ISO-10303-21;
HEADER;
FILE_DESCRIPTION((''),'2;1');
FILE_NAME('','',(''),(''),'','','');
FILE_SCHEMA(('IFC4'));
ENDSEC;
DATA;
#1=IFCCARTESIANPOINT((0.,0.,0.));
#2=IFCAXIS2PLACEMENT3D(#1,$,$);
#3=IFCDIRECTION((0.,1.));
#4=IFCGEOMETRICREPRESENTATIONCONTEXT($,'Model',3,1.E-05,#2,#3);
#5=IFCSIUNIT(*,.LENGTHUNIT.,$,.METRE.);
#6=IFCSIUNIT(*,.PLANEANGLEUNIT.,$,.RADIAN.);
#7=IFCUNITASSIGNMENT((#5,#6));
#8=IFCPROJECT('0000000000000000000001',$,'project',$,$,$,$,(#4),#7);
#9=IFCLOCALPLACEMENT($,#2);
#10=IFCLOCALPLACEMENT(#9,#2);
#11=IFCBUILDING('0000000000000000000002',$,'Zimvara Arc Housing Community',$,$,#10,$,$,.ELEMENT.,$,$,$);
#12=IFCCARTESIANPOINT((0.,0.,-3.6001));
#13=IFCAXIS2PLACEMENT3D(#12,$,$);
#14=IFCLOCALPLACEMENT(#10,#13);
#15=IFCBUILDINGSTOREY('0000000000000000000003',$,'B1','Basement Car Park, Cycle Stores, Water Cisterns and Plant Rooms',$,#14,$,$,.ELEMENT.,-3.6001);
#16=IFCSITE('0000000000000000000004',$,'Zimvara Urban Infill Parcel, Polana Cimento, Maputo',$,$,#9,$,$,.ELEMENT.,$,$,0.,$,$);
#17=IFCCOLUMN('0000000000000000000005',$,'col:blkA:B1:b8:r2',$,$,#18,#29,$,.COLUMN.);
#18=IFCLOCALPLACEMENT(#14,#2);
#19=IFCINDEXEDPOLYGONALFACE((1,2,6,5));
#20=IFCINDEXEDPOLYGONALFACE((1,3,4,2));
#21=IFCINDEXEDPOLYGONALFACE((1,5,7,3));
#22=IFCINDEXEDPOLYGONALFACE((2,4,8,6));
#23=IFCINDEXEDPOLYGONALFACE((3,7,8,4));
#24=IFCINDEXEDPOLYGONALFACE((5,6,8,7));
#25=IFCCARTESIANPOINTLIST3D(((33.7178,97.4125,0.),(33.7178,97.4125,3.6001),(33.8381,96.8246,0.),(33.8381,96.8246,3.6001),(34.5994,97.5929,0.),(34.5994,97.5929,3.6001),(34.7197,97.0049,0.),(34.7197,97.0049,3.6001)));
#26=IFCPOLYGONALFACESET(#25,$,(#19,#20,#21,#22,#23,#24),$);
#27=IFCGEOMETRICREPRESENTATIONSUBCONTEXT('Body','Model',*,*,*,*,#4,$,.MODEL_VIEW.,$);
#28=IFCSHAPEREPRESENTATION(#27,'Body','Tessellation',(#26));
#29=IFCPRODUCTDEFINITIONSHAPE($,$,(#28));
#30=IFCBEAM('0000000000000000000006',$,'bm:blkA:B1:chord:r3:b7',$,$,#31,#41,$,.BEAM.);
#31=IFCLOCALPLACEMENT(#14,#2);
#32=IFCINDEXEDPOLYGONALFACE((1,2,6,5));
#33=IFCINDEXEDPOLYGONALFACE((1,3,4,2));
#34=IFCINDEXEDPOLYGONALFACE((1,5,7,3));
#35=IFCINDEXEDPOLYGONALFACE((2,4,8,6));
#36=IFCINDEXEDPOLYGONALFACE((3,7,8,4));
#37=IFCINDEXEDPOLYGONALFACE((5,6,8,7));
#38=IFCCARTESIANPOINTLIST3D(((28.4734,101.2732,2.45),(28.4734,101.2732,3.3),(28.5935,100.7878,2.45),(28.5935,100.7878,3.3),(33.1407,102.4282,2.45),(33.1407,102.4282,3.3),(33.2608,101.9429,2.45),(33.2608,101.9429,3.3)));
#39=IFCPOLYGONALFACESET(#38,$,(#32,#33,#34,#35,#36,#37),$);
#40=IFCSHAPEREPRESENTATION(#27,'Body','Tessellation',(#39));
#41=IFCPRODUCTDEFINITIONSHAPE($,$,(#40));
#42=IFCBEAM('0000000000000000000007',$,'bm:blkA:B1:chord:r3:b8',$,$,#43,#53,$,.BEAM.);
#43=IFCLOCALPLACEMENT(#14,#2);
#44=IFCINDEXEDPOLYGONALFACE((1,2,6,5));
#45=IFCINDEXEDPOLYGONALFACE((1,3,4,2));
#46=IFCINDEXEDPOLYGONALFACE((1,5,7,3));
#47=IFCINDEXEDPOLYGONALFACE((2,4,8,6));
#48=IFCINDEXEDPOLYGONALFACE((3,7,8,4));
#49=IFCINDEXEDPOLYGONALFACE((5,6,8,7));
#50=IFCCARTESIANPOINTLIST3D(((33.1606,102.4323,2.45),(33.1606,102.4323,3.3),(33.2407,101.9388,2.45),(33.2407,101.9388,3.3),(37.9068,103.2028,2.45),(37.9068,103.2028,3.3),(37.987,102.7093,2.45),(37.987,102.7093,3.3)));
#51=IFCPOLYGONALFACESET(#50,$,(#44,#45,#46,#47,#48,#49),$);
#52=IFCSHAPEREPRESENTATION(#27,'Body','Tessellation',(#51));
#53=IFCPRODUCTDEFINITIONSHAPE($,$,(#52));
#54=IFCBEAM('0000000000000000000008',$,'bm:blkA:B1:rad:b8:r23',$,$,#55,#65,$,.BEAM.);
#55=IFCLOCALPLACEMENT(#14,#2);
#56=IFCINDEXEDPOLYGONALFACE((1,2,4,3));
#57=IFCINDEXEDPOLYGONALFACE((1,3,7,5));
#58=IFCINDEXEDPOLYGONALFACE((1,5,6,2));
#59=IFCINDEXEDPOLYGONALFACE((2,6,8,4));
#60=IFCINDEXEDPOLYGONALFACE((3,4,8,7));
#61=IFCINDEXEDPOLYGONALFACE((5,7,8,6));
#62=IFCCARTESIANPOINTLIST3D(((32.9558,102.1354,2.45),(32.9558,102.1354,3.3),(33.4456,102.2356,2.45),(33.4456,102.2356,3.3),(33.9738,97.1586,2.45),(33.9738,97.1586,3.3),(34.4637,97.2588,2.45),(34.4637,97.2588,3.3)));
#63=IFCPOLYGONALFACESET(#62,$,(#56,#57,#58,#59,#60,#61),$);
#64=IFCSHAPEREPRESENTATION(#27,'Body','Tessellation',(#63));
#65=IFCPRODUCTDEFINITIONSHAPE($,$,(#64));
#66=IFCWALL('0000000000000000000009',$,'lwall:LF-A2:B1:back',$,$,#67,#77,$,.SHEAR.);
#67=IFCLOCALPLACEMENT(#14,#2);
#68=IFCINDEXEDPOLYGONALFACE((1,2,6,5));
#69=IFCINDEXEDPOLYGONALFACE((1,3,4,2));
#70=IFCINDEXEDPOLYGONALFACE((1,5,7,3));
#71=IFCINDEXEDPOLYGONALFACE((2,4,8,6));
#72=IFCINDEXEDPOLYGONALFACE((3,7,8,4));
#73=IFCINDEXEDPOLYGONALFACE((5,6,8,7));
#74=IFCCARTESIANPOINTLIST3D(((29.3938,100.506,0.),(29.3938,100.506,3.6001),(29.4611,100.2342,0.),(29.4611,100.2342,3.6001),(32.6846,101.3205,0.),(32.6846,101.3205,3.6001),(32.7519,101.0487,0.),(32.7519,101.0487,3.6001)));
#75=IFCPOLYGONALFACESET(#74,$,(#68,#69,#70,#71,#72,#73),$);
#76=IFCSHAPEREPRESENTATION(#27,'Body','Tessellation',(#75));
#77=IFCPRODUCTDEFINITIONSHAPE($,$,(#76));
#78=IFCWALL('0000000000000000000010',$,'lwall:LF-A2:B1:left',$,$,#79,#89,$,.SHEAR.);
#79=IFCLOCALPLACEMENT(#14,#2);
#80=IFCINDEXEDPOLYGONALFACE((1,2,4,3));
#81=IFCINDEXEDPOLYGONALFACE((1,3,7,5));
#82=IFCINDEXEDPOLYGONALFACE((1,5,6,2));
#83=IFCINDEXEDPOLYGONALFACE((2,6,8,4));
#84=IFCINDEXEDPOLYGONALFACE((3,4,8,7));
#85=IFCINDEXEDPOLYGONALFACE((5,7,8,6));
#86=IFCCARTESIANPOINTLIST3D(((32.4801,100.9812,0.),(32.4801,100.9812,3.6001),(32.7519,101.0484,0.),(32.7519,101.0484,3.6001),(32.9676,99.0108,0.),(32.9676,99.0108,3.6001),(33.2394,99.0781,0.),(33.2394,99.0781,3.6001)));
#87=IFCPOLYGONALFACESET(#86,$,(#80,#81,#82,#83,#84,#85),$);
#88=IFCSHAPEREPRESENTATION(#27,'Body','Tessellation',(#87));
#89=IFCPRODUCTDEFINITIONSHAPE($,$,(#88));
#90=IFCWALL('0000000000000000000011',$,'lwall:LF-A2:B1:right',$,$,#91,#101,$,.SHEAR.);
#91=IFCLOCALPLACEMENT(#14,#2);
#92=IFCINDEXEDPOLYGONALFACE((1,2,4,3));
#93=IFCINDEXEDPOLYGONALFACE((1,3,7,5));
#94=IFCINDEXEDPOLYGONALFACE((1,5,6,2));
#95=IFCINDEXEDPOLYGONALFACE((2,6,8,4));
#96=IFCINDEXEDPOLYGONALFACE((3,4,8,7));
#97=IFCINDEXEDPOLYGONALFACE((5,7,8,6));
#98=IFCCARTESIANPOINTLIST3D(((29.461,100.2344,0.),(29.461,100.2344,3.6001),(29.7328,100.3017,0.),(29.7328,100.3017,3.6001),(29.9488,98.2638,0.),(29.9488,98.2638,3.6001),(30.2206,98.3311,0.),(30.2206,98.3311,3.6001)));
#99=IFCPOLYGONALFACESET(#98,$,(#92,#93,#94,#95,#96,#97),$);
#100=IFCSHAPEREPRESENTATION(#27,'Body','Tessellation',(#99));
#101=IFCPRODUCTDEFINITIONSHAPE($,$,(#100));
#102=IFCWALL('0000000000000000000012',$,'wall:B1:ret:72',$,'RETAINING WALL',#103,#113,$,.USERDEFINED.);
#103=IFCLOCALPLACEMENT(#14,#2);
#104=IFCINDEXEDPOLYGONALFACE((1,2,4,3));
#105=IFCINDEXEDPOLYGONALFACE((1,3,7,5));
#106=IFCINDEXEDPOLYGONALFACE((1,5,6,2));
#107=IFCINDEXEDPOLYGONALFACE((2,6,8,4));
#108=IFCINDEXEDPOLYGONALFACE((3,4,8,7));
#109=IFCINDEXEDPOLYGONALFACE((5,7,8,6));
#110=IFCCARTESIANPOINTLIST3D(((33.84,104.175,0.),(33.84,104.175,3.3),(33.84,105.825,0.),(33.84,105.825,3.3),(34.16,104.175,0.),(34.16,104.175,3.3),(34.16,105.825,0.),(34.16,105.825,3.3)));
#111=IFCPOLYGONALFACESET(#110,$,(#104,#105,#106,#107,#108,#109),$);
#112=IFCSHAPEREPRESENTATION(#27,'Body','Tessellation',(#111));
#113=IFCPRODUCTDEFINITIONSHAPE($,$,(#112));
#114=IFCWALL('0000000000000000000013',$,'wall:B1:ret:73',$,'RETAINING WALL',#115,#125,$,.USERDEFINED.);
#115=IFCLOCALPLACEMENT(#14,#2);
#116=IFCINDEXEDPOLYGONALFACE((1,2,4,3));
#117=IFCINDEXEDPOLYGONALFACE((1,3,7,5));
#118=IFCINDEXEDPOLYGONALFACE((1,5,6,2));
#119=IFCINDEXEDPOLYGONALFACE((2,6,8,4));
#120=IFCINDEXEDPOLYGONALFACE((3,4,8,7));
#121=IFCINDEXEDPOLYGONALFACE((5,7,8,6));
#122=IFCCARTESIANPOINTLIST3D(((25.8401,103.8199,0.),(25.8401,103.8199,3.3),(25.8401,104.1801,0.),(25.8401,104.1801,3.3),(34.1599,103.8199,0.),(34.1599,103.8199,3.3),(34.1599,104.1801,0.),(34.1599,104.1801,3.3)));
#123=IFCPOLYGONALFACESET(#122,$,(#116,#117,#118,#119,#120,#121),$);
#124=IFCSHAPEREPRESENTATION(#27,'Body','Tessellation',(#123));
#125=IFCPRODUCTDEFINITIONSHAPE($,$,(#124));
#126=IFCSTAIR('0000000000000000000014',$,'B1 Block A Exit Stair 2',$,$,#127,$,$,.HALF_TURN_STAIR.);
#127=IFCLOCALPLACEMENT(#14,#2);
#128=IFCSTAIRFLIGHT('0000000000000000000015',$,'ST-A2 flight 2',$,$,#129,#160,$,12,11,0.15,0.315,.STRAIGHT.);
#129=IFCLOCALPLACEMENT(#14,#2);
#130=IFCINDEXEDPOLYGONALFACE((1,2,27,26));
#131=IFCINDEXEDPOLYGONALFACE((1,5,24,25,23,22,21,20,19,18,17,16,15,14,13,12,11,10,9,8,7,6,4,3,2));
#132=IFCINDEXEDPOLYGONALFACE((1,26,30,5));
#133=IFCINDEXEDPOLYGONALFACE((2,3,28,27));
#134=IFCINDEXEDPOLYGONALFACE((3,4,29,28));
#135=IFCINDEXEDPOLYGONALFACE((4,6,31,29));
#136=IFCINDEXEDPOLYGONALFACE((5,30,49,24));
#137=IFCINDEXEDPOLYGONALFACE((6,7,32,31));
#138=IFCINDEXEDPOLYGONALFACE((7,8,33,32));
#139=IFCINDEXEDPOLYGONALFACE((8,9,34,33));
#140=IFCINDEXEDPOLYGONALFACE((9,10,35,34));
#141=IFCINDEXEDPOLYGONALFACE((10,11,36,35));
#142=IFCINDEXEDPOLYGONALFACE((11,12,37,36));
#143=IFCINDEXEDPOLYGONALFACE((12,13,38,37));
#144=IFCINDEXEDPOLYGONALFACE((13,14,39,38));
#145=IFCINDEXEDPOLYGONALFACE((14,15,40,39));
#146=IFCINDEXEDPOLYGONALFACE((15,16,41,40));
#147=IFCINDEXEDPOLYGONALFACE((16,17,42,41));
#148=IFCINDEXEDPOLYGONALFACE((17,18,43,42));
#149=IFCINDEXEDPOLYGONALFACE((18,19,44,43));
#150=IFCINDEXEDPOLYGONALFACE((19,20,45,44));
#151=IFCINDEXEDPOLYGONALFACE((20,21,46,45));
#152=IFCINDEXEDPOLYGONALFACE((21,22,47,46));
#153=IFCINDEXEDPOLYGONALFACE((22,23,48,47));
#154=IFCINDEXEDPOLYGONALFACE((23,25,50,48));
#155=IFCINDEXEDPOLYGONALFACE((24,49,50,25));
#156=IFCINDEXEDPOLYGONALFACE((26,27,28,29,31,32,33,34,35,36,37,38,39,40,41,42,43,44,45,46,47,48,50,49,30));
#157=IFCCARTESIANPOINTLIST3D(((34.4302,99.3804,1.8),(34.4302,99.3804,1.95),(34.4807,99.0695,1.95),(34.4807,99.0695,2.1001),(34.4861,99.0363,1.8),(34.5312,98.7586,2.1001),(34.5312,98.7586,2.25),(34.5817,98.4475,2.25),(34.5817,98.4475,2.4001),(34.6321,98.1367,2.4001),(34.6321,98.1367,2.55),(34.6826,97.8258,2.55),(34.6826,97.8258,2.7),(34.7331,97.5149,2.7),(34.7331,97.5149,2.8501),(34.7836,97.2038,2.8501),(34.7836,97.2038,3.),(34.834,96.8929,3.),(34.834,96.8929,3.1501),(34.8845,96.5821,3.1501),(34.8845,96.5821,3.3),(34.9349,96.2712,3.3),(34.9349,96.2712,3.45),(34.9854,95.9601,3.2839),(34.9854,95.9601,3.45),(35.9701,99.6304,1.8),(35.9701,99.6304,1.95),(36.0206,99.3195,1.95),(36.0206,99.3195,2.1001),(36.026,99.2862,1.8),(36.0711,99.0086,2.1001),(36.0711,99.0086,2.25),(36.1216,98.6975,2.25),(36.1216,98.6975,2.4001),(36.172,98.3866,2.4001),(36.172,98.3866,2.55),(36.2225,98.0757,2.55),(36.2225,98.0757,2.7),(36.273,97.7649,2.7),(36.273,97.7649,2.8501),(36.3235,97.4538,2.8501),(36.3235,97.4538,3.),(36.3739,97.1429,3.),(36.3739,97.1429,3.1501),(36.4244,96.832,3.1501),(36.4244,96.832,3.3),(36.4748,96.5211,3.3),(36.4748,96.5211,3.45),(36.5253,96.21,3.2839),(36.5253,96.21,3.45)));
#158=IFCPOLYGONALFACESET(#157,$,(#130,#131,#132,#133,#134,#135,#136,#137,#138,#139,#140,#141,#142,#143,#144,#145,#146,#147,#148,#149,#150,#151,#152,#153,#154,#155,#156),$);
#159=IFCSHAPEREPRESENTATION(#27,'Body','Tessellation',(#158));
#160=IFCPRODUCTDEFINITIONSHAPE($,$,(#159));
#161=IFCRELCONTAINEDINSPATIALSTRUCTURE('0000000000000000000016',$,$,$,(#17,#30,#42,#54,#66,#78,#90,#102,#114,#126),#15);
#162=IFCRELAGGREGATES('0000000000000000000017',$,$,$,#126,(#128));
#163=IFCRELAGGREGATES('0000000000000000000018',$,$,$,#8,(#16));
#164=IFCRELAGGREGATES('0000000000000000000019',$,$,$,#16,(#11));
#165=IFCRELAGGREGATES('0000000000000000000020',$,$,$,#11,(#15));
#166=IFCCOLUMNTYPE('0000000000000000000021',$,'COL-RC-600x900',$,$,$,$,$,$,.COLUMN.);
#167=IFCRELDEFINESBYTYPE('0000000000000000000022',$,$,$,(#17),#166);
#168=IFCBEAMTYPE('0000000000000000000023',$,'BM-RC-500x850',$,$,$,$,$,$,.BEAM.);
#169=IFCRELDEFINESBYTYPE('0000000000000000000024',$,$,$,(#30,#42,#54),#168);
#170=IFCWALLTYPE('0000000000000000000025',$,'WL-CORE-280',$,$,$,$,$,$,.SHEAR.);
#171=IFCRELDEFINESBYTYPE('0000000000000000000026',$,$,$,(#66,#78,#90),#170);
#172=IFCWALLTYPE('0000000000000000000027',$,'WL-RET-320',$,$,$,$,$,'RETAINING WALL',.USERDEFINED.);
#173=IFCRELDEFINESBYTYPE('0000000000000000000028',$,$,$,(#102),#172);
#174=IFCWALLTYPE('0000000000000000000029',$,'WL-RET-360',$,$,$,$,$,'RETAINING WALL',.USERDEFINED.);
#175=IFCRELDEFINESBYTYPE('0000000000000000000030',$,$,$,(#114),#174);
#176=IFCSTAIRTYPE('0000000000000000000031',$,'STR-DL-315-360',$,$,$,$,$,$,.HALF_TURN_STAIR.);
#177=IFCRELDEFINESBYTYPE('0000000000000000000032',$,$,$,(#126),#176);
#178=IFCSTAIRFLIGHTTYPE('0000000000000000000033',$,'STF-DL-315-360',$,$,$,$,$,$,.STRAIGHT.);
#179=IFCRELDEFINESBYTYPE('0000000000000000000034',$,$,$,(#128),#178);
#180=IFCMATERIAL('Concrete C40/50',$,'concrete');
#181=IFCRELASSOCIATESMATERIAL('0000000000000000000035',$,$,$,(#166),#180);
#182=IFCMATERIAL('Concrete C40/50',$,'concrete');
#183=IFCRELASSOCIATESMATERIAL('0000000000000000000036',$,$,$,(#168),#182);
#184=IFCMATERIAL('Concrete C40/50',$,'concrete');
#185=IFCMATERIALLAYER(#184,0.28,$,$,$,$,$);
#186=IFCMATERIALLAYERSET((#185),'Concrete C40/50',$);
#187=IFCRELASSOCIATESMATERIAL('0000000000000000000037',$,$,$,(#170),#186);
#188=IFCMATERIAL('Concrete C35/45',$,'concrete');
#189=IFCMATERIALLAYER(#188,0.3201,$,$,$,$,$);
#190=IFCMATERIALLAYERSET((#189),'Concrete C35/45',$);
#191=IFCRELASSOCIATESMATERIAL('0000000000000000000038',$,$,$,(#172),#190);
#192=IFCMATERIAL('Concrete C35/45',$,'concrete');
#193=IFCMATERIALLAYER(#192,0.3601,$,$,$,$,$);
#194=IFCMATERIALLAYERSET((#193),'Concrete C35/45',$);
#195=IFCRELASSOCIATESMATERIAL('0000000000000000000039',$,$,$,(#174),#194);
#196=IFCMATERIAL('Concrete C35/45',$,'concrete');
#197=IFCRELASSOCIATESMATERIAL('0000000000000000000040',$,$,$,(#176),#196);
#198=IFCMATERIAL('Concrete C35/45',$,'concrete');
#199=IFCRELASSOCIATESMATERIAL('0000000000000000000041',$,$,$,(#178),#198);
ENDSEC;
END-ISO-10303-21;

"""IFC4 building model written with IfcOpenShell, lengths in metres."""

from ifc_helpers import new_model, si_unit, direction, frame, frame_2d, origin, origin_2d, place, context, subcontext, project, spatial, polyline, rectangle, outline, extrude, material, layer, layer_set, material_profile, profile_set, type_object, element, aggregate, save


model = new_model("IFC4")

# Units and contexts
model_context = context("Model", 3, precision=1e-05, world=origin(), true_north=direction((0.0, 1.0)))
body_context = subcontext(model_context, "Body", "Model", "MODEL_VIEW")
ifc_project = project(units=[si_unit("LENGTHUNIT", "METRE"), si_unit("PLANEANGLEUNIT", "RADIAN")], contexts=[model_context])

# Site, building, storey
site_placement = place(None, origin())
site = spatial("IfcSite", under=ifc_project, at=site_placement, Name="Zimvara Urban Infill Parcel, Polana Cimento, Maputo", CompositionType="ELEMENT", RefElevation=0.0)
building_placement = place(site_placement, origin())
building = spatial("IfcBuilding", under=site, at=building_placement, Name="Zimvara Arc Housing Community", CompositionType="ELEMENT")
storey_placement = place(building_placement, frame((0.0, 0.0, -3.6001)))
storey = spatial("IfcBuildingStorey", under=building, at=storey_placement, Name="B1", Description="Basement Car Park, Cycle Stores, Water Cisterns and Plant Rooms", CompositionType="ELEMENT", Elevation=-3.6001)

# Column
ifc_material_1 = material(Name="Concrete C40/50", Category="concrete")
ifc_material_profile_1 = material_profile(ifc_material_1, rectangle(XDim=0.6001, YDim=0.8999, at=origin_2d()), Name="RC 600x900")
ifc_profile_set_1 = profile_set([ifc_material_profile_1], Name="Concrete C40/50")
column_type_1 = type_object("IfcColumnType", Name="COL-RC-600x900", PredefinedType="COLUMN", material=ifc_profile_set_1)
column_1_placement = place(storey_placement, frame((34.2188, 97.2087, 0.0), z_axis=(0.0, 0.0, 1.0), x_axis=(-0.200394, 0.979715, 0.0)))
element("IfcColumn", 1, at=column_1_placement, inside=storey, type_object=column_type_1, Name="col:blkA:B1:b8:r2", PredefinedType="COLUMN", context=body_context, shape_type="SweptSolid", body=[
    extrude(rectangle(XDim=0.6001, YDim=0.8999, at=origin_2d()), origin(), (0.0, 0.0, 1.0), 3.6001),
])

# Beams
ifc_material_2 = material(Name="Concrete C40/50", Category="concrete")
ifc_material_profile_2 = material_profile(ifc_material_2, rectangle(XDim=0.5, YDim=0.8501, at=origin_2d()), Name="RC 500x850")
ifc_profile_set_2 = profile_set([ifc_material_profile_2], Name="Concrete C40/50")
beam_type = type_object("IfcBeamType", Name="BM-RC-500x850", PredefinedType="BEAM", material=ifc_profile_set_2)
beam_1_placement = place(storey_placement, frame((28.5334, 101.0305, 2.875), z_axis=(0.970716, 0.240229, 0.0), x_axis=(-0.240229, 0.970716, 0.0)))
element("IfcBeam", 2, at=beam_1_placement, inside=storey, type_object=beam_type, Name="bm:blkA:B1:chord:r3:b7", PredefinedType="BEAM", context=body_context, shape_type="SweptSolid", body=[
    extrude(rectangle(XDim=0.5, YDim=0.8501, at=origin_2d()), origin(), (0.0, 0.0, 1.0), 4.8081),
])
beam_2_placement = place(storey_placement, frame((33.2007, 102.1855, 2.875), z_axis=(0.987077, 0.160248, 0.0), x_axis=(-0.160248, 0.987077, 0.0)))
element("IfcBeam", 3, at=beam_2_placement, inside=storey, type_object=beam_type, Name="bm:blkA:B1:chord:r3:b8", PredefinedType="BEAM", context=body_context, shape_type="SweptSolid", body=[
    extrude(rectangle(XDim=0.5, YDim=0.8501, at=origin_2d()), origin(), (0.0, 0.0, 1.0), 4.8083),
])
beam_3_placement = place(storey_placement, frame((34.2188, 97.2087, 2.875), z_axis=(-0.200412, 0.979712, 0.0), x_axis=(-0.979712, -0.200412, 0.0)))
element("IfcBeam", 4, at=beam_3_placement, inside=storey, type_object=beam_type, Name="bm:blkA:B1:rad:b8:r23", PredefinedType="BEAM", context=body_context, shape_type="SweptSolid", body=[
    extrude(rectangle(XDim=0.5, YDim=0.8501, at=origin_2d()), origin(), (0.0, 0.0, 1.0), 5.0798),
])

# Shared definitions
ifc_material_3 = material(Name="Concrete C40/50", Category="concrete")
ifc_layer_1 = layer(ifc_material_3, 0.28)
ifc_layer_set_1 = layer_set([ifc_layer_1], Name="Concrete C40/50")
wall_type_1 = type_object("IfcWallType", Name="WL-CORE-280", PredefinedType="SHEAR", material=ifc_layer_set_1)

# Walls
wall_1_placement = place(storey_placement, frame((32.7183, 101.1846, 0.0), z_axis=(0.0, 0.0, 1.0), x_axis=(-0.970712, -0.240247, 0.0)))
element("IfcWall", 5, at=wall_1_placement, inside=storey, type_object=wall_type_1, Name="lwall:LF-A2:B1:back", PredefinedType="SHEAR", context=body_context, shape_type="SweptSolid", body=[
    extrude(rectangle(XDim=3.3901, YDim=0.28, at=frame_2d((1.6951, 0.0))), origin(), (0.0, 0.0, 1.0), 3.6001),
])
wall_2_placement = place(storey_placement, frame((33.1035, 99.0444, 0.0), z_axis=(0.0, 0.0, 1.0), x_axis=(-0.240186, 0.970727, 0.0)))
element("IfcWall", 6, at=wall_2_placement, inside=storey, type_object=wall_type_1, Name="lwall:LF-A2:B1:left", PredefinedType="SHEAR", context=body_context, shape_type="SweptSolid", body=[
    extrude(rectangle(XDim=2.0298, YDim=0.28, at=frame_2d((1.0149, 0.0))), origin(), (0.0, 0.0, 1.0), 3.6001),
])
wall_3_placement = place(storey_placement, frame((30.0847, 98.2974, 0.0), z_axis=(0.0, 0.0, 1.0), x_axis=(-0.240299, 0.970699, 0.0)))
element("IfcWall", 7, at=wall_3_placement, inside=storey, type_object=wall_type_1, Name="lwall:LF-A2:B1:right", PredefinedType="SHEAR", context=body_context, shape_type="SweptSolid", body=[
    extrude(rectangle(XDim=2.03, YDim=0.28, at=frame_2d((1.0151, 0.0))), origin(), (0.0, 0.0, 1.0), 3.6001),
])
ifc_material_4 = material(Name="Concrete C35/45", Category="concrete")
ifc_layer_2 = layer(ifc_material_4, 0.3201)
ifc_layer_set_2 = layer_set([ifc_layer_2], Name="Concrete C35/45")
wall_type_2 = type_object("IfcWallType", Name="WL-RET-320", ElementType="RETAINING WALL", PredefinedType="USERDEFINED", material=ifc_layer_set_2)
wall_4_placement = place(storey_placement, frame((34.0, 105.825, 0.0), z_axis=(0.0, 0.0, 1.0), x_axis=(0.0, -1.0, 0.0)))
element("IfcWall", 8, at=wall_4_placement, inside=storey, type_object=wall_type_2, Name="wall:B1:ret:72", ObjectType="RETAINING WALL", PredefinedType="USERDEFINED", context=body_context, shape_type="SweptSolid", body=[
    extrude(rectangle(XDim=1.6499, YDim=0.3201, at=frame_2d((0.825, 0.0))), origin(), (0.0, 0.0, 1.0), 3.3),
])
ifc_material_5 = material(Name="Concrete C35/45", Category="concrete")
ifc_layer_3 = layer(ifc_material_5, 0.3601)
ifc_layer_set_3 = layer_set([ifc_layer_3], Name="Concrete C35/45")
wall_type_3 = type_object("IfcWallType", Name="WL-RET-360", ElementType="RETAINING WALL", PredefinedType="USERDEFINED", material=ifc_layer_set_3)
wall_5_placement = place(storey_placement, frame((34.1599, 104.0, 0.0), z_axis=(0.0, 0.0, 1.0), x_axis=(-1.0, 0.0, 0.0)))
element("IfcWall", 9, at=wall_5_placement, inside=storey, type_object=wall_type_3, Name="wall:B1:ret:73", ObjectType="RETAINING WALL", PredefinedType="USERDEFINED", context=body_context, shape_type="SweptSolid", body=[
    extrude(rectangle(XDim=8.3198, YDim=0.3601, at=frame_2d((4.1599, 0.0))), origin(), (0.0, 0.0, 1.0), 3.3),
])

# Stair, stair flight
ifc_material_6 = material(Name="Concrete C35/45", Category="concrete")
stair_type = type_object("IfcStairType", Name="STR-DL-315-360", PredefinedType="HALF_TURN_STAIR", material=ifc_material_6)
stair_placement = place(storey_placement, origin())
stair = element("IfcStair", 10, at=stair_placement, inside=storey, type_object=stair_type, Name="B1 Block A Exit Stair 2", PredefinedType="HALF_TURN_STAIR")
ifc_material_7 = material(Name="Concrete C35/45", Category="concrete")
stair_flight_type = type_object("IfcStairFlightType", Name="STF-DL-315-360", PredefinedType="STRAIGHT", material=ifc_material_7)
stair_flight_placement = place(storey_placement, frame((35.2002, 99.5054, 1.8), z_axis=(0.0, 0.0, 1.0), x_axis=(0.160226, -0.98708, 0.0)))
stair_flight = element("IfcStairFlight", 11, at=stair_flight_placement, type_object=stair_flight_type, Name="ST-A2 flight 2", NumberOfRisers=12, NumberOfTreads=11, PredefinedType="STRAIGHT", RiserHeight=0.15, TreadLength=0.315, context=body_context, shape_type="SweptSolid", body=[
    extrude(outline(polyline([(0.0, 0.0), (0.0, 0.1499), (0.3149, 0.1499), (0.3149, 0.3), (0.6299, 0.3), (0.6299, 0.45), (0.9451, 0.45), (0.9451, 0.6001), (1.26, 0.6001), (1.26, 0.75), (1.575, 0.75), (1.575, 0.8999), (1.8899, 0.8999), (1.8899, 1.05), (2.2051, 1.05), (2.2051, 1.2), (2.52, 1.2), (2.52, 1.3501), (2.835, 1.3501), (2.835, 1.5), (3.1499, 1.5), (3.1499, 1.6499), (3.4651, 1.6499), (3.4651, 1.8), (3.4651, 1.4839), (0.3486, 0.0), (0.0, 0.0)])), frame((0.0, 0.78, 0.0), z_axis=(0.0, -1.0, 0.0), x_axis=(1.0, 0.0, 0.0)), (0.0, 0.0, 1.0), 1.5601),
])
aggregate(stair, [stair_flight])

save(model, "model.ifc")
